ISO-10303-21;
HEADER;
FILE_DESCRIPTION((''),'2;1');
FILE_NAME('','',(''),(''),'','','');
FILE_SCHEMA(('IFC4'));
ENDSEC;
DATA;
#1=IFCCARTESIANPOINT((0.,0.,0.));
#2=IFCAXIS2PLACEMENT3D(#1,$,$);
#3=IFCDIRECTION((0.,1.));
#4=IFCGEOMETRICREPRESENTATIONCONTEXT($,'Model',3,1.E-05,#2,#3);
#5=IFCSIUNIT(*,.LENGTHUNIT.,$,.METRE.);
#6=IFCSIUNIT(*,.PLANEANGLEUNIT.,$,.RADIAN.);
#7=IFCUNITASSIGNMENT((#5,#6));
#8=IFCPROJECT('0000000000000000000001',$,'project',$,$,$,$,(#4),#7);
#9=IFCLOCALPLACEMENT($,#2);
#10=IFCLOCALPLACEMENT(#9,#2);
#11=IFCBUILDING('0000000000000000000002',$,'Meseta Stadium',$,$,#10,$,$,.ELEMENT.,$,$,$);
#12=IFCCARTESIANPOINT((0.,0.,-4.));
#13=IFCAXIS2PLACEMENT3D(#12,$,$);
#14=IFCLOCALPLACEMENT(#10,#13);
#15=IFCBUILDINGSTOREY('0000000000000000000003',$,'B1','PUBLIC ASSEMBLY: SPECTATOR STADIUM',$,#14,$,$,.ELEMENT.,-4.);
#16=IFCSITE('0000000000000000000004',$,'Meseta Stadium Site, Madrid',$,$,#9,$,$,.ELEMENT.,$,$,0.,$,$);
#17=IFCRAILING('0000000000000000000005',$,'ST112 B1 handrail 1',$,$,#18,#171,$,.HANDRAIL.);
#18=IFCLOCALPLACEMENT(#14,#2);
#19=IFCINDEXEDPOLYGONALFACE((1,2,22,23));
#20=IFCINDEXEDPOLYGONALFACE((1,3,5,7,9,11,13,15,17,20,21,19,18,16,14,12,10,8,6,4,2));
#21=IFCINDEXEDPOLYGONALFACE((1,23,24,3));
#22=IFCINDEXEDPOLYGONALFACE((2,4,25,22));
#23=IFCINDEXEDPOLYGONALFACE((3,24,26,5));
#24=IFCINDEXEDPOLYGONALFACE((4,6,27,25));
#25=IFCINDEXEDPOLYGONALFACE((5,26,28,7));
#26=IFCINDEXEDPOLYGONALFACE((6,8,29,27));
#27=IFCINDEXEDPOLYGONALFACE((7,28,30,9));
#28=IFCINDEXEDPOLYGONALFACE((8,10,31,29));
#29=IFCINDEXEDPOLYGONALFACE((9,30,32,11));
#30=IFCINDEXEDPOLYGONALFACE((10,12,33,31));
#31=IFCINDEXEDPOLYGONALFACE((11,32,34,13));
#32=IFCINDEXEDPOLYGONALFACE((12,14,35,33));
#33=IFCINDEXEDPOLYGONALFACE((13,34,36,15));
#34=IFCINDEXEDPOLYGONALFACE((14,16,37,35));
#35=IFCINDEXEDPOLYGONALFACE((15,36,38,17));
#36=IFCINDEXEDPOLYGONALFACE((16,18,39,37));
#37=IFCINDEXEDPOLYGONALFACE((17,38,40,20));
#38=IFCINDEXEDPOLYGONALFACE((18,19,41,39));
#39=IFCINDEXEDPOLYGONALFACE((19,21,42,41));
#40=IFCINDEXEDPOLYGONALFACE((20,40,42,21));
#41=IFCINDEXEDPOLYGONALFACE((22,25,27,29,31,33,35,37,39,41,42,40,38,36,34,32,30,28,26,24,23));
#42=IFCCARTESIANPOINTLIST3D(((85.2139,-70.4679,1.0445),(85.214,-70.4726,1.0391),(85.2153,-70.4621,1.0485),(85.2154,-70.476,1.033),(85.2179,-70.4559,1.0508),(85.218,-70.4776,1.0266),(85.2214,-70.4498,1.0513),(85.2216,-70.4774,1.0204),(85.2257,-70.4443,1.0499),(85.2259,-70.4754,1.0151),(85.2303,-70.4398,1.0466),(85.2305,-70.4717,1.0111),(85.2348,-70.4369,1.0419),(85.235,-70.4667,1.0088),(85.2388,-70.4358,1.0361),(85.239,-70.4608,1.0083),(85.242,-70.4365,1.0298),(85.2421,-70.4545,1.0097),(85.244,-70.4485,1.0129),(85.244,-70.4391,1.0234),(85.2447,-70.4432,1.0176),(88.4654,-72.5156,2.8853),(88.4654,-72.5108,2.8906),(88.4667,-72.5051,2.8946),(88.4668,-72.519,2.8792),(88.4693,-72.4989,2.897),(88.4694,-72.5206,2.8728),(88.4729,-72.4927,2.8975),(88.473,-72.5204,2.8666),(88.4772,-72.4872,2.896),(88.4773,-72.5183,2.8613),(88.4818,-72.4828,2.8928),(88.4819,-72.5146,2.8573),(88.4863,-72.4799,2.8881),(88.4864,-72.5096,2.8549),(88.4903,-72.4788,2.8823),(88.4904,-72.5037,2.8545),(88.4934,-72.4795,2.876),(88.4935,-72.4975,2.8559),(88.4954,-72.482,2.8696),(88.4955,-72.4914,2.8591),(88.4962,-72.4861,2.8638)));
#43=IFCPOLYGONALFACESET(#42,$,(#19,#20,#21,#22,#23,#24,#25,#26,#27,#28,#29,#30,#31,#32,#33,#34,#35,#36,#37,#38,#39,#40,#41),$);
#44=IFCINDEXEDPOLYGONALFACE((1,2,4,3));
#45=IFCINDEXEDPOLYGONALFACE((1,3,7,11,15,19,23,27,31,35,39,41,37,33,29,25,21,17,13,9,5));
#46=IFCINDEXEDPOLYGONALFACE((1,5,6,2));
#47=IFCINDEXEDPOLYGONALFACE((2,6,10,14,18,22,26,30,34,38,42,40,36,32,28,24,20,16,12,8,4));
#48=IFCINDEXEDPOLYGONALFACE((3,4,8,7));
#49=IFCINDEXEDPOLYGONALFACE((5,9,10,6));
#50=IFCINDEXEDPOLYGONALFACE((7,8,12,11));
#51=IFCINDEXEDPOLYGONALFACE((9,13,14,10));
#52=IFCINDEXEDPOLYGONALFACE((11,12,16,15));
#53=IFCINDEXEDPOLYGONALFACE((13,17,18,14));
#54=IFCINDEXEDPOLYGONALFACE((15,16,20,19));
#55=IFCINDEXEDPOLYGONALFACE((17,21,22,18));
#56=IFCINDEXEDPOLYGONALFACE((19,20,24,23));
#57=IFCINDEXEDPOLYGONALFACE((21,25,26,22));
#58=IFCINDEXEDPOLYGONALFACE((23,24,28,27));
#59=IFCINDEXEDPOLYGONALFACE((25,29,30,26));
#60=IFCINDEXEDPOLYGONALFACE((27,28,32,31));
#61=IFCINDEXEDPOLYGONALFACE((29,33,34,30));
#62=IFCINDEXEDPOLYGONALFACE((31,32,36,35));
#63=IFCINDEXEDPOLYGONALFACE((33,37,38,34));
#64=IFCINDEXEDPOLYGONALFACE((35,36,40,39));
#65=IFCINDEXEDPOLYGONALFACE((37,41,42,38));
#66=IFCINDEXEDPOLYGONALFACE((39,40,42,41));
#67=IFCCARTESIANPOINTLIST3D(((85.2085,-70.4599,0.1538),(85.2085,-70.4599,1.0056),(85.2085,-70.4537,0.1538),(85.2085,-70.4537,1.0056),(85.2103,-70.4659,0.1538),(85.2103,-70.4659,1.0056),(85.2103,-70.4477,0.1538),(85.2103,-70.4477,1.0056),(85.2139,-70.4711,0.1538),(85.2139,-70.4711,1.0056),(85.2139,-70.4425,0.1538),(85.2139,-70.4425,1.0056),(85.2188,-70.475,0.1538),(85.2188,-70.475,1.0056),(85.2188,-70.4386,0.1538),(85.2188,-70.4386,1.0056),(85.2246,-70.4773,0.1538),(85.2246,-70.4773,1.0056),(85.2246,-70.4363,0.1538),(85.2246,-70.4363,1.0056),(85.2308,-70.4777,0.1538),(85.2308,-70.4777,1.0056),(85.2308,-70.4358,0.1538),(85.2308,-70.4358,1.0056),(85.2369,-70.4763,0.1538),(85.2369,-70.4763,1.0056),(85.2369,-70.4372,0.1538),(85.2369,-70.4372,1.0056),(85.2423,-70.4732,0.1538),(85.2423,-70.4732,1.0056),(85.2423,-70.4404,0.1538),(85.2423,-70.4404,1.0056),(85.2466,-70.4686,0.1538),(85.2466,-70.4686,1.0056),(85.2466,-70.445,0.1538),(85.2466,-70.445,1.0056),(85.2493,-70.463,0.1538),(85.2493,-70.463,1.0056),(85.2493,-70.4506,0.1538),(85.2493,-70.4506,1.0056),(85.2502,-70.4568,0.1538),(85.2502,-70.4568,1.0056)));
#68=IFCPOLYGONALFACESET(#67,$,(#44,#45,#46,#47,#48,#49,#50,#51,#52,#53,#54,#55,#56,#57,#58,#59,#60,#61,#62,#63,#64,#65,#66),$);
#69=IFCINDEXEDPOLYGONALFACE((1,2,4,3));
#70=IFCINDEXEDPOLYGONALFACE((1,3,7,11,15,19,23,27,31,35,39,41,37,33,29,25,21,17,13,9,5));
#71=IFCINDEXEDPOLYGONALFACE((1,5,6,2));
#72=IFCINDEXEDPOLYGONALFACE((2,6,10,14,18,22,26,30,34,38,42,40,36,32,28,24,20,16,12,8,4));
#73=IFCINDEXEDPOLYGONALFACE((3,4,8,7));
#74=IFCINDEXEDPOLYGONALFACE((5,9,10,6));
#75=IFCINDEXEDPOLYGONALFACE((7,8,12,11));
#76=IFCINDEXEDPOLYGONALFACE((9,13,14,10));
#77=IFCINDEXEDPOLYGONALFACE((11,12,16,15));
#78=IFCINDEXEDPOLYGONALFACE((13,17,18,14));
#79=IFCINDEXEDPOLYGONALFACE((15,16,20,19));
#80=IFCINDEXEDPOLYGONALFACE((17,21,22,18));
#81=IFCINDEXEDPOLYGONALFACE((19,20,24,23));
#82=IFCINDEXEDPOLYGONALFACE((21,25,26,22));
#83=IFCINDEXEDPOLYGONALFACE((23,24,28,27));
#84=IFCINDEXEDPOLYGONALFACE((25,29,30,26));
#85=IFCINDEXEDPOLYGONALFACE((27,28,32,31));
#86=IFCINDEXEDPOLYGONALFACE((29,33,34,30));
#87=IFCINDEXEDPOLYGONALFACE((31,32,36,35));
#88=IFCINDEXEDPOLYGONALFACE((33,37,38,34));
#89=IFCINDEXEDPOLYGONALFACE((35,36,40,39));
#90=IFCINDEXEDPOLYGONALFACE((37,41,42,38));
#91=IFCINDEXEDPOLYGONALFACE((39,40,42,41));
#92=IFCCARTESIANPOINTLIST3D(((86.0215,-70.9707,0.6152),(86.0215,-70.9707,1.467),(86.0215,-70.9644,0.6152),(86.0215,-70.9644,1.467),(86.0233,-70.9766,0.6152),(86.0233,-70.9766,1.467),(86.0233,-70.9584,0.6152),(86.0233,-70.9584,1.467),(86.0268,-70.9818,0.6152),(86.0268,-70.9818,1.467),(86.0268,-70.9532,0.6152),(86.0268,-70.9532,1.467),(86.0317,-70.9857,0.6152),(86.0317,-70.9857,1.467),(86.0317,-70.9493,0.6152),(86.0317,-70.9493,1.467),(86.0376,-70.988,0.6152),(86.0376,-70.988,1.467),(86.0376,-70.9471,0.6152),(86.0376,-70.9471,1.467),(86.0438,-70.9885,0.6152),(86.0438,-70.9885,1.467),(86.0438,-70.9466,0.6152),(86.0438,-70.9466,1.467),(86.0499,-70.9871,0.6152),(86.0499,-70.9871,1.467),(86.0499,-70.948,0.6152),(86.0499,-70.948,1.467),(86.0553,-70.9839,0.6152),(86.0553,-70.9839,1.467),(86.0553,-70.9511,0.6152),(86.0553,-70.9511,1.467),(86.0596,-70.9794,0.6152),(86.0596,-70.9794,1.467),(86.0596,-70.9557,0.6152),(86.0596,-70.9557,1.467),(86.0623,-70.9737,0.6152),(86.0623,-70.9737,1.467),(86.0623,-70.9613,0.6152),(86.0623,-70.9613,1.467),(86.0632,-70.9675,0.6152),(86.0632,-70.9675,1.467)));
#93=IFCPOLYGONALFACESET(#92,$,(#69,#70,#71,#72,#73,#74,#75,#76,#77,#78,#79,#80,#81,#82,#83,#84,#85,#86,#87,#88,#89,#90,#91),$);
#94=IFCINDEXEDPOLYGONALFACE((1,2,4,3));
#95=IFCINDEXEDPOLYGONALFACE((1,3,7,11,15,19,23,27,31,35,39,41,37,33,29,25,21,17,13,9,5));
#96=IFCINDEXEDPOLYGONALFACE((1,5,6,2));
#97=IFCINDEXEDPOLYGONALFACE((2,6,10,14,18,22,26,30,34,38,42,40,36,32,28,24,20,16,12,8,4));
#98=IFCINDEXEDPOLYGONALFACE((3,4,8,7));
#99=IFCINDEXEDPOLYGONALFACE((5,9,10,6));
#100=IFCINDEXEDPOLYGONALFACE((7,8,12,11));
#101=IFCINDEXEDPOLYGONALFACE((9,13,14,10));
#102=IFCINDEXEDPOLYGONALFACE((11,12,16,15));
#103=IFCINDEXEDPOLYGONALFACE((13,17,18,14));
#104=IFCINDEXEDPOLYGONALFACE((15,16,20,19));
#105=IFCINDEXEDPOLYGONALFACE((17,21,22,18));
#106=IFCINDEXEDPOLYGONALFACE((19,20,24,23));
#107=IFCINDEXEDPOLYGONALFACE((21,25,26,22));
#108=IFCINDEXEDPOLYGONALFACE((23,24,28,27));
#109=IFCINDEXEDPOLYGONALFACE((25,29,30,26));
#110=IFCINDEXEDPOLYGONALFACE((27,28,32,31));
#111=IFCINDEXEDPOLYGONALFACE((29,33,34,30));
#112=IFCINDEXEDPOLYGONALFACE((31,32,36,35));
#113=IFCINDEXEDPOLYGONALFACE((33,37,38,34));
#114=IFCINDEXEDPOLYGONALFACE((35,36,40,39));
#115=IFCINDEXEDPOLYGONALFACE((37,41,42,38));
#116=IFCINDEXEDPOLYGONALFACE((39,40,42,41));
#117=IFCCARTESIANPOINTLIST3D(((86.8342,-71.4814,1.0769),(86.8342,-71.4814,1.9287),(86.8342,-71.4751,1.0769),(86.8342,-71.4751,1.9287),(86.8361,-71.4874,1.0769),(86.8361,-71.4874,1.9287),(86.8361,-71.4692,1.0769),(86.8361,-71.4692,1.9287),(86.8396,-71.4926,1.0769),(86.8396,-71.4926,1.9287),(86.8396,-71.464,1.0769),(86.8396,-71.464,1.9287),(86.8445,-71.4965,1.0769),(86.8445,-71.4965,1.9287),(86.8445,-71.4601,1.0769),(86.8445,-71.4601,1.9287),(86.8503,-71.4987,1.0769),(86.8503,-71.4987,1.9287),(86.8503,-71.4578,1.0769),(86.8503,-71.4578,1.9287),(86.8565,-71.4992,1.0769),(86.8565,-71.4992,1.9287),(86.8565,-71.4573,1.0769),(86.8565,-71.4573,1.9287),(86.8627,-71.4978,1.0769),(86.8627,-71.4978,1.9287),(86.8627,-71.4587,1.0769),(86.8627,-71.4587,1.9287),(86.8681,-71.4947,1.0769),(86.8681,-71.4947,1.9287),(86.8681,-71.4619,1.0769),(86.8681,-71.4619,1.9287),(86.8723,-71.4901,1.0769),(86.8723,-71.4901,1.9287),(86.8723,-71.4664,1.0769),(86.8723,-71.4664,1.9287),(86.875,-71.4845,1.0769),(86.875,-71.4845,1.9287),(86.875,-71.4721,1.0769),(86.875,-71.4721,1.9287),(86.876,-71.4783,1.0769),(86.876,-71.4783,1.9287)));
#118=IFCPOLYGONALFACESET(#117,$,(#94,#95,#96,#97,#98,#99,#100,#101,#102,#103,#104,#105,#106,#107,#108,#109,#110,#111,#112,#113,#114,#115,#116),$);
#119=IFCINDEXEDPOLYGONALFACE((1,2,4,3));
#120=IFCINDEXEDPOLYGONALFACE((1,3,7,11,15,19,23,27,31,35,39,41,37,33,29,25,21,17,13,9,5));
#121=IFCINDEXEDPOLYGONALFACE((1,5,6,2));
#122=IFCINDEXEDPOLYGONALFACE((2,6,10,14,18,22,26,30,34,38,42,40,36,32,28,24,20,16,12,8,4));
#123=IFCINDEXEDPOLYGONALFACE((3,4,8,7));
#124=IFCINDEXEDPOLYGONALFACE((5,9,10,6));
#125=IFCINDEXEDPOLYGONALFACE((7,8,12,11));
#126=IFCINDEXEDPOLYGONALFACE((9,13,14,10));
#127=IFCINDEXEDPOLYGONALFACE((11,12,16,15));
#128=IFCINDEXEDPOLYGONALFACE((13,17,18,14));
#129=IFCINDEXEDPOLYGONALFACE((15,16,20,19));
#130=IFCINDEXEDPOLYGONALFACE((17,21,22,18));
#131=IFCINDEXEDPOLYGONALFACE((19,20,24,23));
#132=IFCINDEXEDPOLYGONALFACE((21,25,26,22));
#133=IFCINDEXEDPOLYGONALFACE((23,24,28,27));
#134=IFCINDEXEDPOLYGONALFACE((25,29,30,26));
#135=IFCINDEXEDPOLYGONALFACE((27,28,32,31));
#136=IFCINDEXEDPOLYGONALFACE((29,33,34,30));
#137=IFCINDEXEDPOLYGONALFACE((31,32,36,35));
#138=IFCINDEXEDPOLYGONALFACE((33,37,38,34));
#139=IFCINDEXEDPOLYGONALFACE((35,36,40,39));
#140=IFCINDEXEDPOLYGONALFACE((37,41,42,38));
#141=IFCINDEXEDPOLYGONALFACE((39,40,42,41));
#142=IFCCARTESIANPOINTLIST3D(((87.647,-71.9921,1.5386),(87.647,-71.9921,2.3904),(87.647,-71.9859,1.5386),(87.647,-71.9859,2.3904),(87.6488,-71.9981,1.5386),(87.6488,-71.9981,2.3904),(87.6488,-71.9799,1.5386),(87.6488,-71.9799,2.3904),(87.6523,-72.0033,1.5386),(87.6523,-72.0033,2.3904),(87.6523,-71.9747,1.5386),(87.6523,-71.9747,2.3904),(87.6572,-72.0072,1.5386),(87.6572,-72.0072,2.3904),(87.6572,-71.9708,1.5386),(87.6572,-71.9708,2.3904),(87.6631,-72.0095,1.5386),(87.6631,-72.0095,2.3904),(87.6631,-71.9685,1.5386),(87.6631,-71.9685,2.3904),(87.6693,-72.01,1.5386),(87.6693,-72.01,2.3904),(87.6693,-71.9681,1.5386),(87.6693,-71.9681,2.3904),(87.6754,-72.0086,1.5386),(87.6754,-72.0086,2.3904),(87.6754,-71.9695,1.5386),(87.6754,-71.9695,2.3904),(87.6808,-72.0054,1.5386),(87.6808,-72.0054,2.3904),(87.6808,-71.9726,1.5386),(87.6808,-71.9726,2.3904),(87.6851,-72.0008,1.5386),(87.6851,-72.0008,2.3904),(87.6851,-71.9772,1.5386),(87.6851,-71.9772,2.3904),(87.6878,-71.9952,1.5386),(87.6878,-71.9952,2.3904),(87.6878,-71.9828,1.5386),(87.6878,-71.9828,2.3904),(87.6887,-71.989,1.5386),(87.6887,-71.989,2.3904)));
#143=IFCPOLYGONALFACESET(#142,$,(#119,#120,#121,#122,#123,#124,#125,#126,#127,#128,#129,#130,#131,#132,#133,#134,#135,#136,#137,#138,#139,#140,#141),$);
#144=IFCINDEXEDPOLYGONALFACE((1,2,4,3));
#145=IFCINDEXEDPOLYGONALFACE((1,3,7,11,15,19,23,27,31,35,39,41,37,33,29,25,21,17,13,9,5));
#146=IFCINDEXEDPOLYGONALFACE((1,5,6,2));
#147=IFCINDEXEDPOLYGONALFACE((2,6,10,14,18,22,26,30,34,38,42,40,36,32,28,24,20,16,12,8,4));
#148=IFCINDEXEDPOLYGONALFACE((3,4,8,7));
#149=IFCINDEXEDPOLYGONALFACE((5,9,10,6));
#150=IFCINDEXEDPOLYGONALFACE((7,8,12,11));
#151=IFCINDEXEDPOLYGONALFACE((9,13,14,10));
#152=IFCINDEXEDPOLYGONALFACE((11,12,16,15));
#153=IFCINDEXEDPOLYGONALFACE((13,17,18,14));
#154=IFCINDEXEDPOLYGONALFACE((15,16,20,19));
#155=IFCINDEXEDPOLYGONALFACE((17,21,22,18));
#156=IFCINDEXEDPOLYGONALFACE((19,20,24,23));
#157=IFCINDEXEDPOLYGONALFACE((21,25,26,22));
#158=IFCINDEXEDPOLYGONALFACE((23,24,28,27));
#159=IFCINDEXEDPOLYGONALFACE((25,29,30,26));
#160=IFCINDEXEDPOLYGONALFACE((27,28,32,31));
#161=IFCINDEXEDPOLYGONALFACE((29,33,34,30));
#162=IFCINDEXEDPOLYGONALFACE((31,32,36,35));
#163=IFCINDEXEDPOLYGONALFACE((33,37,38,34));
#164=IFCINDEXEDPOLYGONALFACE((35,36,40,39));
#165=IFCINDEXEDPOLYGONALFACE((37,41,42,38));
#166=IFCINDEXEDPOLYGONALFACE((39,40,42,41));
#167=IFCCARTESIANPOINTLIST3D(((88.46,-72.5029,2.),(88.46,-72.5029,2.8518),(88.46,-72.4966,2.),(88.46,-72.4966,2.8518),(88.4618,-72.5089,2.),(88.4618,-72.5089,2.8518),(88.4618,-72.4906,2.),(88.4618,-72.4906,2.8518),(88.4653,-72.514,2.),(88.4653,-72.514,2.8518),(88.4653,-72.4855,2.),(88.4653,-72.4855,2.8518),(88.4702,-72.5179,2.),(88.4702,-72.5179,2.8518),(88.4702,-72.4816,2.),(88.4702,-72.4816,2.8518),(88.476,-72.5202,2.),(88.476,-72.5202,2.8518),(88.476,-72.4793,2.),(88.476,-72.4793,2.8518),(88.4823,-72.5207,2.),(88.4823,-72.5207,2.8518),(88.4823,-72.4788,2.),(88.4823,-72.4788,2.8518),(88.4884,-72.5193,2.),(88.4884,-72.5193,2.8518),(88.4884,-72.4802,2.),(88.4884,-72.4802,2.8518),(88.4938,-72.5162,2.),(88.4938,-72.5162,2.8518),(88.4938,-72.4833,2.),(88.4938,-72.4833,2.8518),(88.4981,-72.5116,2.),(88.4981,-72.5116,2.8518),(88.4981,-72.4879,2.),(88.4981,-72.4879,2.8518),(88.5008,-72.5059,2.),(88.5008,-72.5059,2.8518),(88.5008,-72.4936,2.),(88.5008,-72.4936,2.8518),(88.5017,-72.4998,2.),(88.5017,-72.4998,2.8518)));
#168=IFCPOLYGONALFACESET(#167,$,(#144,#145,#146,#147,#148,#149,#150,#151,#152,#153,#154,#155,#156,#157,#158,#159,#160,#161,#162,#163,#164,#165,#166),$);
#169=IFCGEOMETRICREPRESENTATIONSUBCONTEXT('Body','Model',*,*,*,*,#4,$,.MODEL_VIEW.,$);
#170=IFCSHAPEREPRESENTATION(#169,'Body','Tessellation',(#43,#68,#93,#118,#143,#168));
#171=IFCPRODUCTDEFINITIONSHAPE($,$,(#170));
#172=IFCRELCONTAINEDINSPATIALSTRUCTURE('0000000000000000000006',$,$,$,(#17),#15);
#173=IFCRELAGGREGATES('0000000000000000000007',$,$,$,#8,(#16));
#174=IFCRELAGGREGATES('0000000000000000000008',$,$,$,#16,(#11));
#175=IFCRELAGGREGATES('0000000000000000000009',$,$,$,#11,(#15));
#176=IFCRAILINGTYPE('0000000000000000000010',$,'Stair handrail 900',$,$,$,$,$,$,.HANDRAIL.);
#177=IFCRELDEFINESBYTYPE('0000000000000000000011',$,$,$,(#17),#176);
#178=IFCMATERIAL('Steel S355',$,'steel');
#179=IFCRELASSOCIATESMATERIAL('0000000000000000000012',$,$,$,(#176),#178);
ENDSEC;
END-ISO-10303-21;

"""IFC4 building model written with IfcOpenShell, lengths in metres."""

from ifc_helpers import new_model, si_unit, direction, frame, origin, origin_2d, place, context, subcontext, project, spatial, circle, extrude, material, type_object, element, save


model = new_model("IFC4")

# Units and contexts
model_context = context("Model", 3, precision=1e-05, world=origin(), true_north=direction((0.0, 1.0)))
body_context = subcontext(model_context, "Body", "Model", "MODEL_VIEW")
ifc_project = project(units=[si_unit("LENGTHUNIT", "METRE"), si_unit("PLANEANGLEUNIT", "RADIAN")], contexts=[model_context])

# Site, building, storey
site_placement = place(None, origin())
site = spatial("IfcSite", under=ifc_project, at=site_placement, Name="Meseta Stadium Site, Madrid", CompositionType="ELEMENT", RefElevation=0.0)
building_placement = place(site_placement, origin())
building = spatial("IfcBuilding", under=site, at=building_placement, Name="Meseta Stadium", CompositionType="ELEMENT")
storey_placement = place(building_placement, frame((0.0, 0.0, -4.0)))
storey = spatial("IfcBuildingStorey", under=building, at=storey_placement, Name="B1", Description="PUBLIC ASSEMBLY: SPECTATOR STADIUM", CompositionType="ELEMENT", Elevation=-4.0)

# Railing
ifc_material_1 = material(Name="Steel S355", Category="steel")
railing_type_1 = type_object("IfcRailingType", Name="Stair handrail 900", PredefinedType="HANDRAIL", material=ifc_material_1)
railing_1_placement = place(storey_placement, frame((85.2292, -70.4568, 0.1538)))
element("IfcRailing", 1, at=railing_1_placement, inside=storey, type_object=railing_type_1, Name="ST112 B1 handrail 1", PredefinedType="HANDRAIL", context=body_context, shape_type="SweptSolid", body=[
    extrude(circle(Radius=0.0239, at=origin_2d()), frame((0.0, 0.0, 0.876), z_axis=(0.763117, -0.479483, 0.4333), x_axis=(0.53202, 0.846731, 0.0)), (0.0, 0.0, 1.0), 4.2607),
    extrude(circle(Radius=0.021, at=origin_2d()), origin(), (0.0, 0.0, 1.0), 0.8518),
    extrude(circle(Radius=0.021, at=origin_2d()), frame((0.813, -0.5107, 0.4614)), (0.0, 0.0, 1.0), 0.8518),
    extrude(circle(Radius=0.021, at=origin_2d()), frame((1.6257, -1.0215, 0.9231)), (0.0, 0.0, 1.0), 0.8518),
    extrude(circle(Radius=0.021, at=origin_2d()), frame((2.4385, -1.5322, 1.3848)), (0.0, 0.0, 1.0), 0.8518),
    extrude(circle(Radius=0.021, at=origin_2d()), frame((3.2515, -2.043, 1.8462)), (0.0, 0.0, 1.0), 0.8518),
])

save(model, "model.ifc")
